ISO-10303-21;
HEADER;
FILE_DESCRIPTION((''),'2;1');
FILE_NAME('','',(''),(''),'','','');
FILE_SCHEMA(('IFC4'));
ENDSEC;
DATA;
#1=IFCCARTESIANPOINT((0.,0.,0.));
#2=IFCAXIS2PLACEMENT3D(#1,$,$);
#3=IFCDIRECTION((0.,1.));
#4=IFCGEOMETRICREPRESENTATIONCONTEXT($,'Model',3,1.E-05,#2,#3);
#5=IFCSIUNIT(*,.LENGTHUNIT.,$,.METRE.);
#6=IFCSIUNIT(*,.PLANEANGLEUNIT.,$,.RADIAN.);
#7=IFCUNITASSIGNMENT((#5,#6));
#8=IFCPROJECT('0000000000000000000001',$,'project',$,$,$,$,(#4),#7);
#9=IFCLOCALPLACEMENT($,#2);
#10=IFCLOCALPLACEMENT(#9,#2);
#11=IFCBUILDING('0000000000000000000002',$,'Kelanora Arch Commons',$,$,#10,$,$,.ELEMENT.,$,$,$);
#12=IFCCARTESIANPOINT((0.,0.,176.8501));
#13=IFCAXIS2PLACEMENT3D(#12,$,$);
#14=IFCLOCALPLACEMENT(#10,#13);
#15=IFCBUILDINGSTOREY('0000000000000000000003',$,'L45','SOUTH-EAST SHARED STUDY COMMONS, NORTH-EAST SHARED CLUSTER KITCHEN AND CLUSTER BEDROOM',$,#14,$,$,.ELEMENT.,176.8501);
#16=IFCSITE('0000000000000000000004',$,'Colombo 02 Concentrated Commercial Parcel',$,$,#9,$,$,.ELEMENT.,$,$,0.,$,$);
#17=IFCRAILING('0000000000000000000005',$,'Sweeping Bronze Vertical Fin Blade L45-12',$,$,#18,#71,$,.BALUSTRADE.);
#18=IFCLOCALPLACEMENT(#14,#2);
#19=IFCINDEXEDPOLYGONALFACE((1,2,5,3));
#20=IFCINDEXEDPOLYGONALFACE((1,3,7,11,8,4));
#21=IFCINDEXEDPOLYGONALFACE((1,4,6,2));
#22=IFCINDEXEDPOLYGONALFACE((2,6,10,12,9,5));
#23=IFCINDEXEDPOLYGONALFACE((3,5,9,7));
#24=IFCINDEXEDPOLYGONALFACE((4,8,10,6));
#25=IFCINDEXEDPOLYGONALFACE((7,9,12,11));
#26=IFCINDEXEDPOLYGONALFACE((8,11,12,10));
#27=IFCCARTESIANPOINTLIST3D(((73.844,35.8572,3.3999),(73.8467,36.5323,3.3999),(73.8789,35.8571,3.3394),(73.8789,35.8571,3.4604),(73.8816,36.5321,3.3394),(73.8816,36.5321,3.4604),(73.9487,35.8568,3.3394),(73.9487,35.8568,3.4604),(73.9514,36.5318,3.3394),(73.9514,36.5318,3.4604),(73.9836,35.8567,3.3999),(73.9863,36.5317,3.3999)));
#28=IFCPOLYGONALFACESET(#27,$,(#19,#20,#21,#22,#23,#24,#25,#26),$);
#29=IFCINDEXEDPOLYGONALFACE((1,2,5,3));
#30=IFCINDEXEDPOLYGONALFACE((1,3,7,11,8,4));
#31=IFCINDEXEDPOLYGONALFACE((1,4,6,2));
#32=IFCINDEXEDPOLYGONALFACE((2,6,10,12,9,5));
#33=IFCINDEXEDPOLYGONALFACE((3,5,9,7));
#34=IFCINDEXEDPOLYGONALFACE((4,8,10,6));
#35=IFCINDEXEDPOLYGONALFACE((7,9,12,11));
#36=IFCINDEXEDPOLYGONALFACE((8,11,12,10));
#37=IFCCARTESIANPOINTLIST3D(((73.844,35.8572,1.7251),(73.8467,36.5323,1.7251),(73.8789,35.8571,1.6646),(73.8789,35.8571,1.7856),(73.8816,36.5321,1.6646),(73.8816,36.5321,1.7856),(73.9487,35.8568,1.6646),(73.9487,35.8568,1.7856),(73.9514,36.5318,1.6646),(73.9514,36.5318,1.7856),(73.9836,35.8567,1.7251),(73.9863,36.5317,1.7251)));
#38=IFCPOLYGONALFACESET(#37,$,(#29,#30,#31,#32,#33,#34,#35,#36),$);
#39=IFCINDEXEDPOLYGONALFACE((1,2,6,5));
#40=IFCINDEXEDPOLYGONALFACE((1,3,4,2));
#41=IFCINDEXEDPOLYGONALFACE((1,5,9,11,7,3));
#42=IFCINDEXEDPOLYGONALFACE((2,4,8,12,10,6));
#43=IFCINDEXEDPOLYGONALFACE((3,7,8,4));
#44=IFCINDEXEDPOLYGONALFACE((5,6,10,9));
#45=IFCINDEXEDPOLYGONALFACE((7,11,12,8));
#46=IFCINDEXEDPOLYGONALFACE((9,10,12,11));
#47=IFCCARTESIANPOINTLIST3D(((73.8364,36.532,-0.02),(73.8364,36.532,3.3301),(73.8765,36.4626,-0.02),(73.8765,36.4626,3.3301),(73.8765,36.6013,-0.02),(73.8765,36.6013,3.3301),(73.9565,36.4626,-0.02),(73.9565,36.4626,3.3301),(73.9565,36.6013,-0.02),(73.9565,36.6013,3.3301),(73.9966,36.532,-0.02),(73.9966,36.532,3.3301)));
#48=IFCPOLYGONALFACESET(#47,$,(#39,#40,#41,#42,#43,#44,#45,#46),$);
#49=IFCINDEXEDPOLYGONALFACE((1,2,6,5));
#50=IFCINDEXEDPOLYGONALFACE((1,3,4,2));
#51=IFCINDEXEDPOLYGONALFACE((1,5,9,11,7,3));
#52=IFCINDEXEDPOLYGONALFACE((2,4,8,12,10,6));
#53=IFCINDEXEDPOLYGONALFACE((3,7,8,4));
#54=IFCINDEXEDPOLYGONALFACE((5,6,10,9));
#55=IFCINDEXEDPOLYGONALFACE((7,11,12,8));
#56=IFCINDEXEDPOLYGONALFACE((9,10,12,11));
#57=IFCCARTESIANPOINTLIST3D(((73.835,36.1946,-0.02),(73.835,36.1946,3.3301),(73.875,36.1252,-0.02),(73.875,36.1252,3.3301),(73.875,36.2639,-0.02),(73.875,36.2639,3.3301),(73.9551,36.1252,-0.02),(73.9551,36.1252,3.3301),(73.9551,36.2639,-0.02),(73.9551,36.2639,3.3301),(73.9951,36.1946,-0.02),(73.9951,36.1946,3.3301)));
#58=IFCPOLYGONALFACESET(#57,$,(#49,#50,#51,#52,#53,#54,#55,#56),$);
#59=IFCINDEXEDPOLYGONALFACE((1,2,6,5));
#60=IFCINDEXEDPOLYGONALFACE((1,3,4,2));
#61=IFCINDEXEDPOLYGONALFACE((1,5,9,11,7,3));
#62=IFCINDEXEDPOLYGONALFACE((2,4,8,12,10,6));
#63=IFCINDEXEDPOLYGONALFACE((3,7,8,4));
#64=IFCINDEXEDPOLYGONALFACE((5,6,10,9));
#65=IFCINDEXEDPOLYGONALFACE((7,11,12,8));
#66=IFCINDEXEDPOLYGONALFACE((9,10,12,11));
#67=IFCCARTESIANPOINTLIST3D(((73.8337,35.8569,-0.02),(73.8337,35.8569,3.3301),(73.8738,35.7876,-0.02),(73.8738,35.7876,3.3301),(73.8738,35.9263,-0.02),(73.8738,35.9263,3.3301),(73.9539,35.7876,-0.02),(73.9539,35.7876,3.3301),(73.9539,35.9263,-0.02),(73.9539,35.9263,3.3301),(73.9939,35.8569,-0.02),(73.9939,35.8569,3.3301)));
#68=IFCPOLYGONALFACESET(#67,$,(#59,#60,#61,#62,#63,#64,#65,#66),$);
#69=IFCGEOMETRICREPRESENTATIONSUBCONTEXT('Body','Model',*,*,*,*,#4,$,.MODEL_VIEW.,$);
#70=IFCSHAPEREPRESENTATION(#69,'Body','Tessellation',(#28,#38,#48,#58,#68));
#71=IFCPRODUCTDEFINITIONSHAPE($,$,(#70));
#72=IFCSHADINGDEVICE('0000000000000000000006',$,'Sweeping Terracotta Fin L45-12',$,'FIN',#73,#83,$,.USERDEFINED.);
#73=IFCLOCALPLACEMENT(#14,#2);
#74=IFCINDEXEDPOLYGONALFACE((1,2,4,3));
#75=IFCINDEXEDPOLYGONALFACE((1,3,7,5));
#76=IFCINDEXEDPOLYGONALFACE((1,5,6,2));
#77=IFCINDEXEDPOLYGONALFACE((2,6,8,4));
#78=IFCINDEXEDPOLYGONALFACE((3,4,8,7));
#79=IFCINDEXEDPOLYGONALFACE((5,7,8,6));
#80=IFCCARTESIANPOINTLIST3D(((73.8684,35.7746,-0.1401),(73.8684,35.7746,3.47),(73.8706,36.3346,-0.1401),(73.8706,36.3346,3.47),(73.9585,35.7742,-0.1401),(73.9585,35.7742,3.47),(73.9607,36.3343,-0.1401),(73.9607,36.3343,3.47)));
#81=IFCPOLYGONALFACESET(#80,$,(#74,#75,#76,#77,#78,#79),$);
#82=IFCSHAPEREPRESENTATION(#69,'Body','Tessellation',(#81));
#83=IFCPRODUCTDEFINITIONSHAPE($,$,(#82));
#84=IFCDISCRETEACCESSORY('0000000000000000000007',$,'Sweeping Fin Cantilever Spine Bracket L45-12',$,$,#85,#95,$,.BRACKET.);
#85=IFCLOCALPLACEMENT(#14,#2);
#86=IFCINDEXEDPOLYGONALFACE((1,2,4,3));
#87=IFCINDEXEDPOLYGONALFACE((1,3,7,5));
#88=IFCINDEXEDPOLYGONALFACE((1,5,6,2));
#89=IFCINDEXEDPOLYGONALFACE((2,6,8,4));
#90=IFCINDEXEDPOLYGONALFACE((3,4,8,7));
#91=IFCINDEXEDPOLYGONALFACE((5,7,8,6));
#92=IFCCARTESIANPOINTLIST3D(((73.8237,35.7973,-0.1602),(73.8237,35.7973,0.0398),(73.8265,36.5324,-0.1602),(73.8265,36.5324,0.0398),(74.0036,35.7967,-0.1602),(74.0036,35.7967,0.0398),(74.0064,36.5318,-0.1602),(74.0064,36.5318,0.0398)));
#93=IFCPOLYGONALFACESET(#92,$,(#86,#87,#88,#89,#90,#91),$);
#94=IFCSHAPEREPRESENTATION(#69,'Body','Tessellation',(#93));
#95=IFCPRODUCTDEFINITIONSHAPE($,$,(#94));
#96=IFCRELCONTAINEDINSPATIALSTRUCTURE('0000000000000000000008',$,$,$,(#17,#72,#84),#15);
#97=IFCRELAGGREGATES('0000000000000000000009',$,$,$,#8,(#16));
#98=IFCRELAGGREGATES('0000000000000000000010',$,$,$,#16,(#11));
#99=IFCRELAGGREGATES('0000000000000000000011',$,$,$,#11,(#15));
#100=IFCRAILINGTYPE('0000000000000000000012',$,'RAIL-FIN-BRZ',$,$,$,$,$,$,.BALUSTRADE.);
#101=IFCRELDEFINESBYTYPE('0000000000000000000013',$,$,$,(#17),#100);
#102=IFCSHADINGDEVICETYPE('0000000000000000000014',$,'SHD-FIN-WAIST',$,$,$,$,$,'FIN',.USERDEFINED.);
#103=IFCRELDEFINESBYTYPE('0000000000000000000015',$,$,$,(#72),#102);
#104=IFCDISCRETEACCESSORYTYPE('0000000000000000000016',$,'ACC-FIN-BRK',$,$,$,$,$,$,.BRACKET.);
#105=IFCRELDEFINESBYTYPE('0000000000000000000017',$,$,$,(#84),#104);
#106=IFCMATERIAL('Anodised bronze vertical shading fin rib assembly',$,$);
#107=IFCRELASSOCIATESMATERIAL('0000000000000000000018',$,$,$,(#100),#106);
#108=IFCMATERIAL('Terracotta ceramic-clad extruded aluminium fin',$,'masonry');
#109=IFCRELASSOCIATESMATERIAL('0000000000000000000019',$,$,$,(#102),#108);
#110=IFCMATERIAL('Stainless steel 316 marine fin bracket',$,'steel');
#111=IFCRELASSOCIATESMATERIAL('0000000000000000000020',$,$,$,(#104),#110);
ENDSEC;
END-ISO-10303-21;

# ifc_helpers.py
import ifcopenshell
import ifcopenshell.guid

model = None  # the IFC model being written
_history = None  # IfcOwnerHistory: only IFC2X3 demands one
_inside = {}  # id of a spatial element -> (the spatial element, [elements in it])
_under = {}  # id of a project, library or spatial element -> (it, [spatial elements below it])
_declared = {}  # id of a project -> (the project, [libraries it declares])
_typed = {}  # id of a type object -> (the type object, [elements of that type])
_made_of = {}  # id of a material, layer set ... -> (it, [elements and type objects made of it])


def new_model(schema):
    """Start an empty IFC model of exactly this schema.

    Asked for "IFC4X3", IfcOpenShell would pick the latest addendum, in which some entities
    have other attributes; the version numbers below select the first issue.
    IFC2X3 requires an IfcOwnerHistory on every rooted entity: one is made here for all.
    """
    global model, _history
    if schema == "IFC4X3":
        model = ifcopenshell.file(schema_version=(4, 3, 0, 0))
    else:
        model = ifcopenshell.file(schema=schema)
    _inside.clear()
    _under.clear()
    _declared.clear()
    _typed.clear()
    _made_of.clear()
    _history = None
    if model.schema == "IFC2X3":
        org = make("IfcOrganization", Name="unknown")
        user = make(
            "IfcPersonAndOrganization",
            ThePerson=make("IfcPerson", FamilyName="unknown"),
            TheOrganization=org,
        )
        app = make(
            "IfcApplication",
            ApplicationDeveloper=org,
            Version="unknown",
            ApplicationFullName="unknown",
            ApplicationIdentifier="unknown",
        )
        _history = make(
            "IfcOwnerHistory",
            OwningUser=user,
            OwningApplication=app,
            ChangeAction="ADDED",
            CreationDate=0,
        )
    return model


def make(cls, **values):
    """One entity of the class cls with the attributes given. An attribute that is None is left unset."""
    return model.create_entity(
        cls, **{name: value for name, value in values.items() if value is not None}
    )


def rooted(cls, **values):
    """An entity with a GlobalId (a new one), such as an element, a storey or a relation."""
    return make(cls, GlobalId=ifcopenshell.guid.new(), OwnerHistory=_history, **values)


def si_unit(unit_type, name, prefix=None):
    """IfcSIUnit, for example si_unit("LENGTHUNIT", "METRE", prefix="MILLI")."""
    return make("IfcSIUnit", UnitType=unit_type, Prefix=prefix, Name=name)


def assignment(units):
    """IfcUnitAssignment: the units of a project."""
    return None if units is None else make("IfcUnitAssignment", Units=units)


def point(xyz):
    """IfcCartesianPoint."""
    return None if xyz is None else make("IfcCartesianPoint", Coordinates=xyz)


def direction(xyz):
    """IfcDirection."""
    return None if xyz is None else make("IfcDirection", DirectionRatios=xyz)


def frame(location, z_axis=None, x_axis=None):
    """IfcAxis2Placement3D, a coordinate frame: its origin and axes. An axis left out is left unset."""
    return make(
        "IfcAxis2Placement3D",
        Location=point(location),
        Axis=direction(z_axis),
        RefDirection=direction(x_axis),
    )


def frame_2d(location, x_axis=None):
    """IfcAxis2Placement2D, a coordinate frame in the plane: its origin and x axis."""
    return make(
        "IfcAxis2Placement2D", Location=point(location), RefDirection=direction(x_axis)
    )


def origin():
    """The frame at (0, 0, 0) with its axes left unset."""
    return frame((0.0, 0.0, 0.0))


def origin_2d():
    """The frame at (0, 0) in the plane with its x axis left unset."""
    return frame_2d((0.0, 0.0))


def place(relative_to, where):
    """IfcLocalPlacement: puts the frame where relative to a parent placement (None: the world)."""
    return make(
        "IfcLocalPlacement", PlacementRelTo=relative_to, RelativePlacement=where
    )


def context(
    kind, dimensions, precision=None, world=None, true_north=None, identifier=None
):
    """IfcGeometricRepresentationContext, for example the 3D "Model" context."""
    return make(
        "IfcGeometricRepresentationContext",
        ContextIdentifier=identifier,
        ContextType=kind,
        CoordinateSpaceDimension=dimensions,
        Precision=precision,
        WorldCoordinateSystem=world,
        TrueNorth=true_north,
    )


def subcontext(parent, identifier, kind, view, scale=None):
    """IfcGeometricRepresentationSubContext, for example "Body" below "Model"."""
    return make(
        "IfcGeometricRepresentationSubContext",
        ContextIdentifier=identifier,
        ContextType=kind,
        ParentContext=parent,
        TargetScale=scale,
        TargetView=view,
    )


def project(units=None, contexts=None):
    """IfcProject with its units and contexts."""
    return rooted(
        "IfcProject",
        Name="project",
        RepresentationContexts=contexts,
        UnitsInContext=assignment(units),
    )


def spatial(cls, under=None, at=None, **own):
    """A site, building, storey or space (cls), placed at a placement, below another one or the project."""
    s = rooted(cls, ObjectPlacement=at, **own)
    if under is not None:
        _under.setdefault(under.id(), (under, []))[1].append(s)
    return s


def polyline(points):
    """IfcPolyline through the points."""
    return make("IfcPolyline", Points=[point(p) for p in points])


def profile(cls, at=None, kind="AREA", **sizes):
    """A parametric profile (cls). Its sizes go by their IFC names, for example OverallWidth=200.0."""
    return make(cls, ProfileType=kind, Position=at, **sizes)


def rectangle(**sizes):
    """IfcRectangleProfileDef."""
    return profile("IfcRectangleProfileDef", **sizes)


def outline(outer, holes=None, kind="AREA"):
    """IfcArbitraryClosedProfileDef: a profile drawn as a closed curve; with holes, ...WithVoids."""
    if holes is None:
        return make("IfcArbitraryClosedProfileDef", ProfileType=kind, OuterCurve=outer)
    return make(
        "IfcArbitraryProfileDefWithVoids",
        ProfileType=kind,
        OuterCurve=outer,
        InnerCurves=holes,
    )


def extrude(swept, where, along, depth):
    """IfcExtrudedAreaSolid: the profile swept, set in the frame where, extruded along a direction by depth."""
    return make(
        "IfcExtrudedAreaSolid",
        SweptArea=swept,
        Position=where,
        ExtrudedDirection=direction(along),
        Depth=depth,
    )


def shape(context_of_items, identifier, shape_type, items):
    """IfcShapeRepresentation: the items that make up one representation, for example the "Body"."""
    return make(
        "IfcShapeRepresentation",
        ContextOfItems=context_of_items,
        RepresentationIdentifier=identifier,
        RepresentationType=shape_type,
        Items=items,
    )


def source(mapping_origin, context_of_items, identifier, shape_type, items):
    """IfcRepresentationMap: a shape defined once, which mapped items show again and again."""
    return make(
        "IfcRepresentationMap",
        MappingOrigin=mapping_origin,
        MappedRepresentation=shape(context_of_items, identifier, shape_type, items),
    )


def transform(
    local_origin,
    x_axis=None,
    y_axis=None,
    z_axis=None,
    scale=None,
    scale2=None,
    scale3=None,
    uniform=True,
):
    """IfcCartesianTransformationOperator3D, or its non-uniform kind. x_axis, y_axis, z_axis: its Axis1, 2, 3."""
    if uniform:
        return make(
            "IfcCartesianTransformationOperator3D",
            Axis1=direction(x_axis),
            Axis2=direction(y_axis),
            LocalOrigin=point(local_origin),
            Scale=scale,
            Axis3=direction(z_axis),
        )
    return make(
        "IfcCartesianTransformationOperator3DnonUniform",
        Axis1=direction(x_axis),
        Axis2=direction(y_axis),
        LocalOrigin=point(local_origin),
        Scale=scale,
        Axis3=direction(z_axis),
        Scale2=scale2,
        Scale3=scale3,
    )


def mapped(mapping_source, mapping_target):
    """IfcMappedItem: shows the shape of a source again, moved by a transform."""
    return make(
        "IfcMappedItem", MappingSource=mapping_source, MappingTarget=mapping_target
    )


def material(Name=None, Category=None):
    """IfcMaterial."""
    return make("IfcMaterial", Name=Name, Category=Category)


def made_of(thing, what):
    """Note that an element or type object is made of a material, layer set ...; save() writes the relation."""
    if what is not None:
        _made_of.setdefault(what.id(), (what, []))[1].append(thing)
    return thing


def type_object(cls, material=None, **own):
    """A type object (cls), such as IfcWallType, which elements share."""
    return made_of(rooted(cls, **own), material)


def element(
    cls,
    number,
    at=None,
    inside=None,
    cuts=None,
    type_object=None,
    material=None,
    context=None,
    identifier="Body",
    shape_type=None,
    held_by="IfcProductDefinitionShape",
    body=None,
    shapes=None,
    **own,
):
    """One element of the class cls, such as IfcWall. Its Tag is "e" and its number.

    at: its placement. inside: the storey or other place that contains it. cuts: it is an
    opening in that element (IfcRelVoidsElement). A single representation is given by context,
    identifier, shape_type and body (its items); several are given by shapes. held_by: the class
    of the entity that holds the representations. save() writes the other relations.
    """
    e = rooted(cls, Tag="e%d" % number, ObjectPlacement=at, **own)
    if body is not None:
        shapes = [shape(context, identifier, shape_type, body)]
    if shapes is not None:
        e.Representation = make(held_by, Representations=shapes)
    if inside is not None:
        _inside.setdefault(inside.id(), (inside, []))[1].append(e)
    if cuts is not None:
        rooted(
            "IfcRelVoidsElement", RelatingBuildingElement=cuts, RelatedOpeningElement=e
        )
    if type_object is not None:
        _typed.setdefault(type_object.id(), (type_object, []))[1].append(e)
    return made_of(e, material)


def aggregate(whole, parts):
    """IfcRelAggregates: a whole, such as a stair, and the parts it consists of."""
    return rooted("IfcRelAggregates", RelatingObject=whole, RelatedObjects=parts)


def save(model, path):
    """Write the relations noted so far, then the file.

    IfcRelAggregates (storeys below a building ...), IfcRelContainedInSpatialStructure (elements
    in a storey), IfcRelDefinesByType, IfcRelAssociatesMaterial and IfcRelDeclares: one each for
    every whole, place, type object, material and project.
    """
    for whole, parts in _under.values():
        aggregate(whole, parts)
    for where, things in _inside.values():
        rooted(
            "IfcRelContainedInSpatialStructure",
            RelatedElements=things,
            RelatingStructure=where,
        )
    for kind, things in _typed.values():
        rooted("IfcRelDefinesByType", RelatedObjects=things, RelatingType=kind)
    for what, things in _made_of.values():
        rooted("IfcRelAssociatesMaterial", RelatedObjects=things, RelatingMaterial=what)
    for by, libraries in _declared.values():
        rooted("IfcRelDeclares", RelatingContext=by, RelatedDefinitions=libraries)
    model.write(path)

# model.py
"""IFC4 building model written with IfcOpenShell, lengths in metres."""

from ifc_helpers import new_model, si_unit, direction, frame, origin, origin_2d, place, context, subcontext, project, spatial, polyline, rectangle, outline, extrude, source, transform, mapped, material, type_object, element, save


model = new_model("IFC4")

# Units and contexts
model_context = context("Model", 3, precision=1e-05, world=origin(), true_north=direction((0.0, 1.0)))
body_context = subcontext(model_context, "Body", "Model", "MODEL_VIEW")
ifc_project = project(units=[si_unit("LENGTHUNIT", "METRE"), si_unit("PLANEANGLEUNIT", "RADIAN")], contexts=[model_context])

# Site, building, storey
site_placement = place(None, origin())
site = spatial("IfcSite", under=ifc_project, at=site_placement, Name="Colombo 02 Concentrated Commercial Parcel", CompositionType="ELEMENT", RefElevation=0.0)
building_placement = place(site_placement, origin())
building = spatial("IfcBuilding", under=site, at=building_placement, Name="Kelanora Arch Commons", CompositionType="ELEMENT")
storey_placement = place(building_placement, frame((0.0, 0.0, 176.8501)))
storey = spatial("IfcBuildingStorey", under=building, at=storey_placement, Name="L45", Description="SOUTH-EAST SHARED STUDY COMMONS, NORTH-EAST SHARED CLUSTER KITCHEN AND CLUSTER BEDROOM", CompositionType="ELEMENT", Elevation=176.8501)

# Railing
ifc_material_1 = material(Name="Anodised bronze vertical shading fin rib assembly")
railing_type = type_object("IfcRailingType", Name="RAIL-FIN-BRZ", PredefinedType="BALUSTRADE", material=ifc_material_1)
railing_placement = place(storey_placement, frame((73.9165, 36.532, -0.02)))
element("IfcRailing", 1, at=railing_placement, inside=storey, type_object=railing_type, Name="Sweeping Bronze Vertical Fin Blade L45-12", PredefinedType="BALUSTRADE", context=body_context, shape_type="SweptSolid", body=[
    extrude(outline(polyline([(0.0698, 0.0), (0.0349, 0.0605), (-0.0349, 0.0605), (-0.0698, 0.0), (-0.0349, -0.0605), (0.0349, -0.0605), (0.0698, 0.0)])), frame((0.0, 0.0, 3.4199), z_axis=(-0.003978, -0.999992, 0.0), x_axis=(0.999992, -0.003978, 0.0)), (0.0, 0.0, 1.0), 0.675),
    extrude(outline(polyline([(0.0698, 0.0), (0.0349, 0.0605), (-0.0349, 0.0605), (-0.0698, 0.0), (-0.0349, -0.0605), (0.0349, -0.0605), (0.0698, 0.0)])), frame((0.0, 0.0, 1.7451), z_axis=(-0.003978, -0.999992, 0.0), x_axis=(0.999992, -0.003978, 0.0)), (0.0, 0.0, 1.0), 0.675),
    extrude(outline(polyline([(0.0801, 0.0), (0.04, 0.0693), (-0.04, 0.0693), (-0.0801, 0.0), (-0.04, -0.0693), (0.04, -0.0693), (0.0801, 0.0)])), origin(), (0.0, 0.0, 1.0), 3.3501),
    extrude(outline(polyline([(0.0801, 0.0), (0.04, 0.0693), (-0.04, 0.0693), (-0.0801, 0.0), (-0.04, -0.0693), (0.04, -0.0693), (0.0801, 0.0)])), frame((-0.0015, -0.3374, 0.0)), (0.0, 0.0, 1.0), 3.3501),
    extrude(outline(polyline([(0.0801, 0.0), (0.04, 0.0693), (-0.04, 0.0693), (-0.0801, 0.0), (-0.04, -0.0693), (0.04, -0.0693), (0.0801, 0.0)])), frame((-0.0027, -0.675, 0.0)), (0.0, 0.0, 1.0), 3.3501),
])

# Shading device
ifc_material_2 = material(Name="Terracotta ceramic-clad extruded aluminium fin", Category="masonry")
shading_device_type = type_object("IfcShadingDeviceType", Name="SHD-FIN-WAIST", ElementType="FIN", PredefinedType="USERDEFINED", material=ifc_material_2)
shared_shape_1 = source(origin(), body_context, "Body", "SweptSolid", [
    extrude(rectangle(XDim=0.5601, YDim=0.0901, at=origin_2d()), origin(), (0.0, 0.0, 1.0), 3.6101),
])
shading_device_placement = place(storey_placement, frame((73.9146, 36.0544, -0.1401), z_axis=(0.0, 0.0, 1.0), x_axis=(-0.00384, -0.999993, 0.0)))
element("IfcShadingDevice", 2, at=shading_device_placement, inside=storey, type_object=shading_device_type, Name="Sweeping Terracotta Fin L45-12", ObjectType="FIN", PredefinedType="USERDEFINED", context=body_context, shape_type="MappedRepresentation", body=[
    mapped(shared_shape_1, transform((0.0, 0.0, 0.0), scale=1.0)),
])

# Discrete accessory
ifc_material_3 = material(Name="Stainless steel 316 marine fin bracket", Category="steel")
discrete_accessory_type = type_object("IfcDiscreteAccessoryType", Name="ACC-FIN-BRK", PredefinedType="BRACKET", material=ifc_material_3)
shared_shape_2 = source(origin(), body_context, "Body", "SweptSolid", [
    extrude(rectangle(XDim=0.7351, YDim=0.1799, at=origin_2d()), origin(), (0.0, 0.0, 1.0), 0.2),
])
discrete_accessory_placement = place(storey_placement, frame((73.915, 36.1646, -0.1602), z_axis=(0.0, 0.0, 1.0), x_axis=(-0.00384, -0.999993, 0.0)))
element("IfcDiscreteAccessory", 3, at=discrete_accessory_placement, inside=storey, type_object=discrete_accessory_type, Name="Sweeping Fin Cantilever Spine Bracket L45-12", PredefinedType="BRACKET", context=body_context, shape_type="MappedRepresentation", body=[
    mapped(shared_shape_2, transform((0.0, 0.0, 0.0), scale=1.0)),
])

save(model, "model.ifc")
